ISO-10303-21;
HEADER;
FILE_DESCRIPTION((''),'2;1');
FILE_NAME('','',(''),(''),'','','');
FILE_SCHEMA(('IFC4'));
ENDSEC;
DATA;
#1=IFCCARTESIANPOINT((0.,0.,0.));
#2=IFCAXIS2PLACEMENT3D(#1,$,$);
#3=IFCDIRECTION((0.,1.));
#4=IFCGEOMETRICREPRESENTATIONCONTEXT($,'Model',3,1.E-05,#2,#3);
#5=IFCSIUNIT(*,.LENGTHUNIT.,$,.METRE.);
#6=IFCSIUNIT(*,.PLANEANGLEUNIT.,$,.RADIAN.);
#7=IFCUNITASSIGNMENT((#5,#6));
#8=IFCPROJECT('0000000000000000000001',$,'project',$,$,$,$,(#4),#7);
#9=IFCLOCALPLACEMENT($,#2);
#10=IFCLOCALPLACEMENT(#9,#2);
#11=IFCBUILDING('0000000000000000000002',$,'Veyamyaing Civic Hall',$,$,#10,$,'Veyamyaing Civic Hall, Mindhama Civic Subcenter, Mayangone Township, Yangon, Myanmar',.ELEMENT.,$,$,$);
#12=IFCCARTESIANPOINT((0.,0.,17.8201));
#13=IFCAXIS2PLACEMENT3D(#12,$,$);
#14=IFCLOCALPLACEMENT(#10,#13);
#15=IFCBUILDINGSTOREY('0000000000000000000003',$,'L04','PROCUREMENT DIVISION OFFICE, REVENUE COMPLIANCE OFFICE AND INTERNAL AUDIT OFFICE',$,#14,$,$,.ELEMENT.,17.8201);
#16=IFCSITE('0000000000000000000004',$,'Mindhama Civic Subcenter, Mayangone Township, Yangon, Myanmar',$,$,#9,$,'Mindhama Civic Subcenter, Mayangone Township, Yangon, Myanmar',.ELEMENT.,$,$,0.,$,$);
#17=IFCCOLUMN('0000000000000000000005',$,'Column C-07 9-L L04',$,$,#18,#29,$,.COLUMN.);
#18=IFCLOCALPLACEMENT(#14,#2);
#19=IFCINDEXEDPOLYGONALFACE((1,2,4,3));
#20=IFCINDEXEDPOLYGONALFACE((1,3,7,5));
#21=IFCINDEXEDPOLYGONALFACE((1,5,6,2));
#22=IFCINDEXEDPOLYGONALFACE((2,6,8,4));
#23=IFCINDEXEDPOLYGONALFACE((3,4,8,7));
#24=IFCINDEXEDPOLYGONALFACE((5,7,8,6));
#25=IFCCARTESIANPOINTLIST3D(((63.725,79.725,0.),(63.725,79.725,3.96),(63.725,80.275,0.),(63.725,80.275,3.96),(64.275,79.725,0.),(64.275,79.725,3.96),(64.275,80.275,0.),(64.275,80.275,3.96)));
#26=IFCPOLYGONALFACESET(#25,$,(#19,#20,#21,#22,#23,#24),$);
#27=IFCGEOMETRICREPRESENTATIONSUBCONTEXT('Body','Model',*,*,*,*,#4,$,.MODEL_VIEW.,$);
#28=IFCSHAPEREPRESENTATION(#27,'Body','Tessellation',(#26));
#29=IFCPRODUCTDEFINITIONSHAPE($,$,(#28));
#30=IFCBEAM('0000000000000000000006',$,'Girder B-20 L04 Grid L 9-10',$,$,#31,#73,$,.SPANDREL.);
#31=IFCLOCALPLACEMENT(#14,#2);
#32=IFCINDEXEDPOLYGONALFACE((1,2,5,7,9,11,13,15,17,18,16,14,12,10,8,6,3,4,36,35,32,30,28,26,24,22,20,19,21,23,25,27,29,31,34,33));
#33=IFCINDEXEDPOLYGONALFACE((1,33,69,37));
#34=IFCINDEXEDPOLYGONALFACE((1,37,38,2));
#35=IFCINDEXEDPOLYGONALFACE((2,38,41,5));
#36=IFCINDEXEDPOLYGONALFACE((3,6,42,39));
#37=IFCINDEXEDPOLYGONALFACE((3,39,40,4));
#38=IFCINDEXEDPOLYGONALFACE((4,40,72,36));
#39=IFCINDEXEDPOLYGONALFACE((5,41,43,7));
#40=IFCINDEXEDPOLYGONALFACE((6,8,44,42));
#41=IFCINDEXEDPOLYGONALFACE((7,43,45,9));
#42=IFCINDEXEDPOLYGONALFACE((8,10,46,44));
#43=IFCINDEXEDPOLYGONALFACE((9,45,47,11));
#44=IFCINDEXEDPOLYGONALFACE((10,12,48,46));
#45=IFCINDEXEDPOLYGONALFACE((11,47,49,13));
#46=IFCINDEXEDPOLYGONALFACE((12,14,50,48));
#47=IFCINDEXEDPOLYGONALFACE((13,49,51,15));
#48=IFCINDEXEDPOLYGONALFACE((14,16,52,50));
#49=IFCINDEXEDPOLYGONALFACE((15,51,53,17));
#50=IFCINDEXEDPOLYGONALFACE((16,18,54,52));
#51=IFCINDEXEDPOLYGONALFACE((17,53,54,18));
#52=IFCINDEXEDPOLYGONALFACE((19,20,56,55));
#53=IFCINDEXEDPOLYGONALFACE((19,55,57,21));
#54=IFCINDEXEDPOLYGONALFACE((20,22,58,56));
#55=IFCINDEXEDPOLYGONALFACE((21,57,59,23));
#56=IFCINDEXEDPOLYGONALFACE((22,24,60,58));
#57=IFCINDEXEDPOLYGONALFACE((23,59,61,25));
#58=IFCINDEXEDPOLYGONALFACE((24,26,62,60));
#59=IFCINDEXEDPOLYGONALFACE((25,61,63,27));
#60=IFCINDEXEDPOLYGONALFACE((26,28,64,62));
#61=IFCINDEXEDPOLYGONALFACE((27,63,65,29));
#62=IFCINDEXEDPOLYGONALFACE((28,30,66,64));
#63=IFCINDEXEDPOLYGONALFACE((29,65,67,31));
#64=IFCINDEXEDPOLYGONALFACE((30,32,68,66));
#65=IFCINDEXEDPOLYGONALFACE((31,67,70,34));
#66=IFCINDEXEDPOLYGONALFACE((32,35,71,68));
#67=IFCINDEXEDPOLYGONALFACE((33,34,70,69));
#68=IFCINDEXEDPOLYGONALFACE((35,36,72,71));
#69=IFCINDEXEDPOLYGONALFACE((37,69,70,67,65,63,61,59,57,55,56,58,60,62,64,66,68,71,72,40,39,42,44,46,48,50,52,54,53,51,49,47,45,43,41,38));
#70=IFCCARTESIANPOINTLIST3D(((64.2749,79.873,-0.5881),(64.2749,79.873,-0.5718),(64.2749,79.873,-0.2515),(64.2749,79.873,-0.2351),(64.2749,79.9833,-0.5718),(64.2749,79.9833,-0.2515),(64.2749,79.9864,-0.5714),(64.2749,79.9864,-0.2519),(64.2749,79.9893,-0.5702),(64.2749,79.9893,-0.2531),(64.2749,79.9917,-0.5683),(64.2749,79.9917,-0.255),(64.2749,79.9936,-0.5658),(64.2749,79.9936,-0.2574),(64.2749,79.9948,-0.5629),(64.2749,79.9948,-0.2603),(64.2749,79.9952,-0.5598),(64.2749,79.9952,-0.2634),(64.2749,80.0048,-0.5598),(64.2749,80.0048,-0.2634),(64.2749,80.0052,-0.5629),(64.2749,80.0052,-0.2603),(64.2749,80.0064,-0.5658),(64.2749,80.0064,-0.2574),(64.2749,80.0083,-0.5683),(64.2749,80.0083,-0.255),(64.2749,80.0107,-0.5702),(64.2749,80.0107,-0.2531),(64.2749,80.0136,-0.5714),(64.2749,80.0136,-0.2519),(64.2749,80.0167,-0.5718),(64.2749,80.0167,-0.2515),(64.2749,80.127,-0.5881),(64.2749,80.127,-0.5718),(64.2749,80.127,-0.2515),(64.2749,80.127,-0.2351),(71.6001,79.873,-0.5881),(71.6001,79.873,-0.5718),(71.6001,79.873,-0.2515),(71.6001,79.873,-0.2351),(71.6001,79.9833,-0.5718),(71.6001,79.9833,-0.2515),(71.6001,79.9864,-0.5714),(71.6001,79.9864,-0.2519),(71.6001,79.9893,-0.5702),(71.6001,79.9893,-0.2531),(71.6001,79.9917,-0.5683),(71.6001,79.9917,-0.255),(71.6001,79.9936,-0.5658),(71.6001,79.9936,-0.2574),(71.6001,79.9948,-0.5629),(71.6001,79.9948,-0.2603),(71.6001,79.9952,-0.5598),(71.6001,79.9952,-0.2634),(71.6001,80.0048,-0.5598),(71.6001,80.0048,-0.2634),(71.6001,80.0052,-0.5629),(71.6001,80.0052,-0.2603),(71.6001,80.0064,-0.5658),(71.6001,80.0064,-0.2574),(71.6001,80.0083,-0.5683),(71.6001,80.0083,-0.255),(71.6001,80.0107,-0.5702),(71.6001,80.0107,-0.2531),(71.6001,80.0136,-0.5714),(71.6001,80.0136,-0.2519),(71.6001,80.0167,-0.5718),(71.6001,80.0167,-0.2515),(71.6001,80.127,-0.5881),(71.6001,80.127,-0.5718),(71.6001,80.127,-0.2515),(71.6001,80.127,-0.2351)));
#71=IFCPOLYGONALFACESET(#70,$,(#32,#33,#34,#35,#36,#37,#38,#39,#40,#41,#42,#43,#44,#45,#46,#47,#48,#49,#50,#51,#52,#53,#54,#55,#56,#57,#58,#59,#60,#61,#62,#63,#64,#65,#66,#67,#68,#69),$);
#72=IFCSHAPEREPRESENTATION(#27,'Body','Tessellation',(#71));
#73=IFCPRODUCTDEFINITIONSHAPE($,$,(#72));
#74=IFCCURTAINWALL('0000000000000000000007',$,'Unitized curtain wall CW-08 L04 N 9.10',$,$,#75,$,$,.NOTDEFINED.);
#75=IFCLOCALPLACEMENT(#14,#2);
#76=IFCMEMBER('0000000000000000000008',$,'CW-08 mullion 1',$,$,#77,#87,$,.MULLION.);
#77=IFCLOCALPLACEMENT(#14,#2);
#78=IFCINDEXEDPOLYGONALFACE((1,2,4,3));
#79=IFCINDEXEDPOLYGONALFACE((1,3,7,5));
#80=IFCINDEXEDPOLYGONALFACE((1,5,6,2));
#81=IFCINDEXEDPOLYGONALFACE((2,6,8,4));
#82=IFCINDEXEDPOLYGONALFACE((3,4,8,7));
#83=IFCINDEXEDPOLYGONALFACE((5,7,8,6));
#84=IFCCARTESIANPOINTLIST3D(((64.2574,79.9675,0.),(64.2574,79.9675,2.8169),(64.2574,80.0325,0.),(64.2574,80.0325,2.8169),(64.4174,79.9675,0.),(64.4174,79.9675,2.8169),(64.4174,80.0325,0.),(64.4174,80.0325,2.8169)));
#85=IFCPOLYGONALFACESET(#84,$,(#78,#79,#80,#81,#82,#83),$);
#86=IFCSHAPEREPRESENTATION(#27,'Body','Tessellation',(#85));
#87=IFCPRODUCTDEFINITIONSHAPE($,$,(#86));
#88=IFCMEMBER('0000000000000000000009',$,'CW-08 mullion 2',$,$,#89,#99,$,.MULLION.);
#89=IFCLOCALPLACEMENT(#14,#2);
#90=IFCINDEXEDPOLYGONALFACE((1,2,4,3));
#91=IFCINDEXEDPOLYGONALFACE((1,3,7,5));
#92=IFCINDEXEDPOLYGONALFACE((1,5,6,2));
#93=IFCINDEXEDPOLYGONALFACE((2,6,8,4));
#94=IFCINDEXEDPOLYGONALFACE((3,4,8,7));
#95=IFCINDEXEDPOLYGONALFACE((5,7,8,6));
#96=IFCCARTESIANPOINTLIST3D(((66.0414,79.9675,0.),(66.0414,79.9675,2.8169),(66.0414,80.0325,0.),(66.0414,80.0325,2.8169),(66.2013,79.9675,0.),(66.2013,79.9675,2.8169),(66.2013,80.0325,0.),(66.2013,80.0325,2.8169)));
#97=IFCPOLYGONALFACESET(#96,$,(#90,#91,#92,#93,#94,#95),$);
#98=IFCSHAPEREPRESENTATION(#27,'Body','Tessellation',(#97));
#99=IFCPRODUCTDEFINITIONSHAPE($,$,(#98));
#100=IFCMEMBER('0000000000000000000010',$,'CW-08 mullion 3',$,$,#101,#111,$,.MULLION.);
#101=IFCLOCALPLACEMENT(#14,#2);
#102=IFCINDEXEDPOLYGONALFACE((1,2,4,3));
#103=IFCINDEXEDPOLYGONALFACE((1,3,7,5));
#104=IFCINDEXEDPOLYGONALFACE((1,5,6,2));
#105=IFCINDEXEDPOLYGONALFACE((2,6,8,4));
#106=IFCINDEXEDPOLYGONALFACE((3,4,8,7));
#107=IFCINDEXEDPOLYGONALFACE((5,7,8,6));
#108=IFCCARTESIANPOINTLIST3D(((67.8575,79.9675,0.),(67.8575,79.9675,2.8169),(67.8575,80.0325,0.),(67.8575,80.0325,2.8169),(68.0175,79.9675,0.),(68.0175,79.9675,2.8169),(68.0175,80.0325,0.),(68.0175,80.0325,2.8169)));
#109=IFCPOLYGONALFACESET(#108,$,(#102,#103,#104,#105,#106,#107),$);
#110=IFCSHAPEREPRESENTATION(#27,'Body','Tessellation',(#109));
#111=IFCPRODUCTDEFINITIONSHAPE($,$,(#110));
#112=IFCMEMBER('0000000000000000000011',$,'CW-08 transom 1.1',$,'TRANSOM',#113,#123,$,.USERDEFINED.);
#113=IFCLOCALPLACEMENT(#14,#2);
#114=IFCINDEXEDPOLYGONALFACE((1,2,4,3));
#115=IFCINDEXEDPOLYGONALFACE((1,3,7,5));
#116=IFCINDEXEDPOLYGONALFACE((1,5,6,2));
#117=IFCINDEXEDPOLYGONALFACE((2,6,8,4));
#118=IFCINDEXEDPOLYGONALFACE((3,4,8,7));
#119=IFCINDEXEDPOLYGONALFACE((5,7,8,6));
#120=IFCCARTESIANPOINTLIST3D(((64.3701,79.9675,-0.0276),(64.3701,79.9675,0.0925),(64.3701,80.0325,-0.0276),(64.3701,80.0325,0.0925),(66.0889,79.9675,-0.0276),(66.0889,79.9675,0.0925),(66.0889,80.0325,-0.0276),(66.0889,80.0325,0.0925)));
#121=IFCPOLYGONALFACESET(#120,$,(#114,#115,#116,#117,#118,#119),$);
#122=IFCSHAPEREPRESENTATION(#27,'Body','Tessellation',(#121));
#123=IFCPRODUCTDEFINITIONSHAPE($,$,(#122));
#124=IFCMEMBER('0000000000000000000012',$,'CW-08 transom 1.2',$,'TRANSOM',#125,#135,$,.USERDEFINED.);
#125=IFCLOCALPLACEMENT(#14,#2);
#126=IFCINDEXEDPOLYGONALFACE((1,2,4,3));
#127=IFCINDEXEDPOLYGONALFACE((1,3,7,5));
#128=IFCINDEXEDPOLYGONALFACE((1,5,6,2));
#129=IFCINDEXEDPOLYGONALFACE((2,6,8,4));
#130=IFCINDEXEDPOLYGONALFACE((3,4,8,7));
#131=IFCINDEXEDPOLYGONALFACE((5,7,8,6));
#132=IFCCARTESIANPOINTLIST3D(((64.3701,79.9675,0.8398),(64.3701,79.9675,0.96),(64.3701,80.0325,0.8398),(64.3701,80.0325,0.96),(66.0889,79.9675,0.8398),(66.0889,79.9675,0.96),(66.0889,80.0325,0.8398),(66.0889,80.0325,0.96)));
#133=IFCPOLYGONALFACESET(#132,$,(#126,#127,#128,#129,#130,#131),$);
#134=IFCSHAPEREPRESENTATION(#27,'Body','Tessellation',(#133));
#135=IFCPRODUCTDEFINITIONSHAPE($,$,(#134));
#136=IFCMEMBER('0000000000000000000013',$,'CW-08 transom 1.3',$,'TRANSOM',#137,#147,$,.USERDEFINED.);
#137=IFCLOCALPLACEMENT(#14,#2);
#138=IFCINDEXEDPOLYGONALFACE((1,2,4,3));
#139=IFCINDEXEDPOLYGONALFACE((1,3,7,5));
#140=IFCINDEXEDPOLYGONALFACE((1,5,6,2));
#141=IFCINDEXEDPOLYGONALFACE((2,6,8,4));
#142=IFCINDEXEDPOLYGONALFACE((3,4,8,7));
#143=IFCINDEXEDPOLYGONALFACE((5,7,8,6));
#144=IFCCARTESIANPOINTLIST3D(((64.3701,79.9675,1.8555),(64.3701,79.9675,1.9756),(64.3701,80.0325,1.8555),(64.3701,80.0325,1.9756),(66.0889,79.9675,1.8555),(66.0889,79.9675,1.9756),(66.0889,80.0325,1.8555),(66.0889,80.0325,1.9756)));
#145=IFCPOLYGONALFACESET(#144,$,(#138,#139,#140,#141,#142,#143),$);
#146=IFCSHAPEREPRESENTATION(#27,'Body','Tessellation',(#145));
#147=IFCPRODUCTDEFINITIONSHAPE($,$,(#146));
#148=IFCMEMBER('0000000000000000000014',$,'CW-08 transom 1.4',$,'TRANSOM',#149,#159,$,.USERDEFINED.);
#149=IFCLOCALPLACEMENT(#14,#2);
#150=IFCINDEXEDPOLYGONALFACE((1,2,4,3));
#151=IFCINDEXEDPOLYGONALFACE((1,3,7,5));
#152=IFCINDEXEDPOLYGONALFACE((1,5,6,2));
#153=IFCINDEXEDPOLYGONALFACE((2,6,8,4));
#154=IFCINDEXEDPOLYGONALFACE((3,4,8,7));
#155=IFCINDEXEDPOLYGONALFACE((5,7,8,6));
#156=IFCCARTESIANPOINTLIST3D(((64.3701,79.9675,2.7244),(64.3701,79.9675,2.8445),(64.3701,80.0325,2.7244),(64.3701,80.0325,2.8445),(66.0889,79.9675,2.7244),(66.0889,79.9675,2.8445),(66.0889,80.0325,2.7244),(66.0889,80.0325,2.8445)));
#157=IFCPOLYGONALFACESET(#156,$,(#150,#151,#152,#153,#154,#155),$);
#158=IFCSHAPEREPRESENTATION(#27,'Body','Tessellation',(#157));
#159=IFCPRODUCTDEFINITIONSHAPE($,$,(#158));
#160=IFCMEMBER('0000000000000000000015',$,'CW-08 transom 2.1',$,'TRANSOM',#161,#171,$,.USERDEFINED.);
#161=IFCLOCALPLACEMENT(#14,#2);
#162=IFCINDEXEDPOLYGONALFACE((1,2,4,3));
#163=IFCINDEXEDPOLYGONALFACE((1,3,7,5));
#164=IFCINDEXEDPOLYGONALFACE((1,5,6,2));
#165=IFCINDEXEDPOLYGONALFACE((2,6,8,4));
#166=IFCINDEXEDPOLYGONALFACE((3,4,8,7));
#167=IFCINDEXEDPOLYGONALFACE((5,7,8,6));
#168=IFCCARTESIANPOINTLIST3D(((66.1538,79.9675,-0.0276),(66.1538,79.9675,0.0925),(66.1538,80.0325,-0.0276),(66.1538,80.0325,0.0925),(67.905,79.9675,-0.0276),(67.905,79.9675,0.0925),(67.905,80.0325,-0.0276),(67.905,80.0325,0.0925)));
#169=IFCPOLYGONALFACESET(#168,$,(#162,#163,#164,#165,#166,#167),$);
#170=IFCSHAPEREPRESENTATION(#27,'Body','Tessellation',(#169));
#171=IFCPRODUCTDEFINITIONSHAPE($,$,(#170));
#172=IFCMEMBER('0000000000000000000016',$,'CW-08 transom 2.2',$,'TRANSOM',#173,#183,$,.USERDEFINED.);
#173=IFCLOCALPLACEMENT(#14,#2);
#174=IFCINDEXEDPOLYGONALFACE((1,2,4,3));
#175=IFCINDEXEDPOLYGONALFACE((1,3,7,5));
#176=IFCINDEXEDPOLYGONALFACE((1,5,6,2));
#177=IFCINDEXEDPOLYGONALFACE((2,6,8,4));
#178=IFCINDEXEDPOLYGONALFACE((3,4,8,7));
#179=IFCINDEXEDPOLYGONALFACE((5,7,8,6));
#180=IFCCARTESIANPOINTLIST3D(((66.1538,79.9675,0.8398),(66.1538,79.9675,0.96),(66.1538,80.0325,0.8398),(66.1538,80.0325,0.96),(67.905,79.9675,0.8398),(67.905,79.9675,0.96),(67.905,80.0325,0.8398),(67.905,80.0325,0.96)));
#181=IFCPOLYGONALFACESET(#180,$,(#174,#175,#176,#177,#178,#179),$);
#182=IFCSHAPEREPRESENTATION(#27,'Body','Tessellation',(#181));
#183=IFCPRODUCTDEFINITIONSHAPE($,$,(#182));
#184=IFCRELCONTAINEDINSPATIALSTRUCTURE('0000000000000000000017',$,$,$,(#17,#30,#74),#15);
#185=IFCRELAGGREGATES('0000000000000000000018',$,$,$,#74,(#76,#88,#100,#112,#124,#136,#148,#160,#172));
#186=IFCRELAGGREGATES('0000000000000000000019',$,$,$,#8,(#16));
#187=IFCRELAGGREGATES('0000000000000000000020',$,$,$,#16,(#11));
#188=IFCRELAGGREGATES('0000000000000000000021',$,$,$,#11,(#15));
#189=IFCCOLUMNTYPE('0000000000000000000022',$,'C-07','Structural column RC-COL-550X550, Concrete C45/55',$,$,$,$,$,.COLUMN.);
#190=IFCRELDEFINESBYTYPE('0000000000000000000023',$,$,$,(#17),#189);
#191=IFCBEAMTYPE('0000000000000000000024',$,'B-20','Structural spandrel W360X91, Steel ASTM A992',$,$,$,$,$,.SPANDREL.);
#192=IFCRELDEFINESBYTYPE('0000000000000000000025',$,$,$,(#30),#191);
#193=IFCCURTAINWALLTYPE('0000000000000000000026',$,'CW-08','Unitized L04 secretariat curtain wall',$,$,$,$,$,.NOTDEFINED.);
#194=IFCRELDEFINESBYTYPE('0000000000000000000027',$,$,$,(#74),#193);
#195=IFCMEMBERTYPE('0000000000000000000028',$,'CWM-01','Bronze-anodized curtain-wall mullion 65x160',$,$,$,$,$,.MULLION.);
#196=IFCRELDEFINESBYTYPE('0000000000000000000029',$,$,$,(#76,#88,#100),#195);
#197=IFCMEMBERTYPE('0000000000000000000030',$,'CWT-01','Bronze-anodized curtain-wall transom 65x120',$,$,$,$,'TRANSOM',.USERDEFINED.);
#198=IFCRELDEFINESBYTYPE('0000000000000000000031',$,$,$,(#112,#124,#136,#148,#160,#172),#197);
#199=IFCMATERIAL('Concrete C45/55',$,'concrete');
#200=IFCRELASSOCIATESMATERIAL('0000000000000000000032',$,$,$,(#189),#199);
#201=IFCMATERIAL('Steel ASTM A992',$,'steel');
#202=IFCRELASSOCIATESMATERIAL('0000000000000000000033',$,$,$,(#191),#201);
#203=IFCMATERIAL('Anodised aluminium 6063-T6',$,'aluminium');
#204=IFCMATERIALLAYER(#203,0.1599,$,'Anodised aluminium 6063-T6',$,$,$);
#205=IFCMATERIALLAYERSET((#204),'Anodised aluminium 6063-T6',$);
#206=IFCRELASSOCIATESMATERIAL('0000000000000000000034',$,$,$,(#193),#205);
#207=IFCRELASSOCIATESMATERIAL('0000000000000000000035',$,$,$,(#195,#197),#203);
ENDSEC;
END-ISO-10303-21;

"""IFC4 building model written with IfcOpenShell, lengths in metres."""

from ifc_helpers import new_model, si_unit, direction, frame, origin, origin_2d, place, context, subcontext, project, spatial, rectangle, i_section, extrude, material, layer, layer_set, material_profile, profile_set, type_object, element, aggregate, save


model = new_model("IFC4")

# Units and contexts
model_context = context("Model", 3, precision=1e-05, world=origin(), true_north=direction((0.0, 1.0)))
body_context = subcontext(model_context, "Body", "Model", "MODEL_VIEW")
ifc_project = project(units=[si_unit("LENGTHUNIT", "METRE"), si_unit("PLANEANGLEUNIT", "RADIAN")], contexts=[model_context])

# Site, building, storey
site_placement = place(None, origin())
site = spatial("IfcSite", under=ifc_project, at=site_placement, Name="Mindhama Civic Subcenter, Mayangone Township, Yangon, Myanmar", LongName="Mindhama Civic Subcenter, Mayangone Township, Yangon, Myanmar", CompositionType="ELEMENT", RefElevation=0.0)
building_placement = place(site_placement, origin())
building = spatial("IfcBuilding", under=site, at=building_placement, Name="Veyamyaing Civic Hall", LongName="Veyamyaing Civic Hall, Mindhama Civic Subcenter, Mayangone Township, Yangon, Myanmar", CompositionType="ELEMENT")
storey_placement = place(building_placement, frame((0.0, 0.0, 17.8201)))
storey = spatial("IfcBuildingStorey", under=building, at=storey_placement, Name="L04", Description="PROCUREMENT DIVISION OFFICE, REVENUE COMPLIANCE OFFICE AND INTERNAL AUDIT OFFICE", CompositionType="ELEMENT", Elevation=17.8201)

# Column
ifc_material_1 = material(Name="Concrete C45/55", Category="concrete")
ifc_material_profile_1 = material_profile(ifc_material_1, rectangle(XDim=0.55, YDim=0.55, at=origin_2d()), Name="RC-COL-550X550")
ifc_profile_set_1 = profile_set([ifc_material_profile_1], Name="Concrete C45/55")
column_type = type_object("IfcColumnType", Name="C-07", Description="Structural column RC-COL-550X550, Concrete C45/55", PredefinedType="COLUMN", material=ifc_profile_set_1)
column_placement = place(storey_placement, frame((64.0, 80.0, 0.0), z_axis=(0.0, 0.0, 1.0), x_axis=(1.0, 0.0, 0.0)))
element("IfcColumn", 1, at=column_placement, inside=storey, type_object=column_type, Name="Column C-07 9-L L04", PredefinedType="COLUMN", context=body_context, shape_type="SweptSolid", body=[
    extrude(rectangle(XDim=0.55, YDim=0.55, at=origin_2d()), origin(), (0.0, 0.0, 1.0), 3.96),
])

# Beam
ifc_material_2 = material(Name="Steel ASTM A992", Category="steel")
ifc_material_profile_2 = material_profile(ifc_material_2, i_section(OverallWidth=0.2539, OverallDepth=0.353, WebThickness=0.0095, FlangeThickness=0.0164, FilletRadius=0.012, at=origin_2d()), Name="W360X91")
ifc_profile_set_2 = profile_set([ifc_material_profile_2], Name="Steel ASTM A992")
beam_type = type_object("IfcBeamType", Name="B-20", Description="Structural spandrel W360X91, Steel ASTM A992", PredefinedType="SPANDREL", material=ifc_profile_set_2)
beam_placement = place(storey_placement, frame((64.2749, 80.0, -0.4116), z_axis=(1.0, 0.0, 0.0), x_axis=(0.0, 1.0, 0.0)))
element("IfcBeam", 2, at=beam_placement, inside=storey, type_object=beam_type, Name="Girder B-20 L04 Grid L 9-10", PredefinedType="SPANDREL", context=body_context, shape_type="SweptSolid", body=[
    extrude(i_section(OverallWidth=0.2539, OverallDepth=0.353, WebThickness=0.0095, FlangeThickness=0.0164, FilletRadius=0.012, at=origin_2d()), origin(), (0.0, 0.0, 1.0), 7.3252),
])

# Curtain wall, members
ifc_material_3 = material(Name="Anodised aluminium 6063-T6", Category="aluminium")
ifc_layer_1 = layer(ifc_material_3, 0.1599, Name="Anodised aluminium 6063-T6")
ifc_layer_set_1 = layer_set([ifc_layer_1], Name="Anodised aluminium 6063-T6")
curtain_wall_type = type_object("IfcCurtainWallType", Name="CW-08", Description="Unitized L04 secretariat curtain wall", PredefinedType="NOTDEFINED", material=ifc_layer_set_1)
curtain_wall_placement = place(storey_placement, origin())
curtain_wall = element("IfcCurtainWall", 3, at=curtain_wall_placement, inside=storey, type_object=curtain_wall_type, Name="Unitized curtain wall CW-08 L04 N 9.10", PredefinedType="NOTDEFINED")
ifc_material_profile_3 = material_profile(ifc_material_3, rectangle(XDim=0.0649, YDim=0.1599, at=origin_2d()), Name="ALU-MUL-65X160")
ifc_profile_set_3 = profile_set([ifc_material_profile_3], Name="Anodised aluminium 6063-T6")
member_type_1 = type_object("IfcMemberType", Name="CWM-01", Description="Bronze-anodized curtain-wall mullion 65x160", PredefinedType="MULLION", material=ifc_profile_set_3)
member_1_placement = place(storey_placement, frame((64.3374, 80.0, 0.0), z_axis=(0.0, 0.0, 1.0), x_axis=(0.0, 1.0, 0.0)))
member_1 = element("IfcMember", 4, at=member_1_placement, type_object=member_type_1, Name="CW-08 mullion 1", PredefinedType="MULLION", context=body_context, shape_type="SweptSolid", body=[
    extrude(rectangle(XDim=0.0649, YDim=0.1599, at=origin_2d()), origin(), (0.0, 0.0, 1.0), 2.8169),
])
member_2_placement = place(storey_placement, frame((66.1213, 80.0, 0.0), z_axis=(0.0, 0.0, 1.0), x_axis=(0.0, 1.0, 0.0)))
member_2 = element("IfcMember", 5, at=member_2_placement, type_object=member_type_1, Name="CW-08 mullion 2", PredefinedType="MULLION", context=body_context, shape_type="SweptSolid", body=[
    extrude(rectangle(XDim=0.0649, YDim=0.1599, at=origin_2d()), origin(), (0.0, 0.0, 1.0), 2.8169),
])
member_3_placement = place(storey_placement, frame((67.9375, 80.0, 0.0), z_axis=(0.0, 0.0, 1.0), x_axis=(0.0, 1.0, 0.0)))
member_3 = element("IfcMember", 6, at=member_3_placement, type_object=member_type_1, Name="CW-08 mullion 3", PredefinedType="MULLION", context=body_context, shape_type="SweptSolid", body=[
    extrude(rectangle(XDim=0.0649, YDim=0.1599, at=origin_2d()), origin(), (0.0, 0.0, 1.0), 2.8169),
])
ifc_material_profile_4 = material_profile(ifc_material_3, rectangle(XDim=0.0649, YDim=0.1201, at=origin_2d()), Name="ALU-TRN-65X120")
ifc_profile_set_4 = profile_set([ifc_material_profile_4], Name="Anodised aluminium 6063-T6")
member_type_2 = type_object("IfcMemberType", Name="CWT-01", Description="Bronze-anodized curtain-wall transom 65x120", ElementType="TRANSOM", PredefinedType="USERDEFINED", material=ifc_profile_set_4)
member_4_placement = place(storey_placement, frame((64.3701, 80.0, 0.0325), z_axis=(1.0, 0.0, 0.0), x_axis=(0.0, 1.0, 0.0)))
member_4 = element("IfcMember", 7, at=member_4_placement, type_object=member_type_2, Name="CW-08 transom 1.1", ObjectType="TRANSOM", PredefinedType="USERDEFINED", context=body_context, shape_type="SweptSolid", body=[
    extrude(rectangle(XDim=0.0649, YDim=0.1201, at=origin_2d()), origin(), (0.0, 0.0, 1.0), 1.7188),
])
member_5_placement = place(storey_placement, frame((64.3701, 80.0, 0.8999), z_axis=(1.0, 0.0, 0.0), x_axis=(0.0, 1.0, 0.0)))
member_5 = element("IfcMember", 8, at=member_5_placement, type_object=member_type_2, Name="CW-08 transom 1.2", ObjectType="TRANSOM", PredefinedType="USERDEFINED", context=body_context, shape_type="SweptSolid", body=[
    extrude(rectangle(XDim=0.0649, YDim=0.1201, at=origin_2d()), origin(), (0.0, 0.0, 1.0), 1.7188),
])
member_6_placement = place(storey_placement, frame((64.3701, 80.0, 1.9155), z_axis=(1.0, 0.0, 0.0), x_axis=(0.0, 1.0, 0.0)))
member_6 = element("IfcMember", 9, at=member_6_placement, type_object=member_type_2, Name="CW-08 transom 1.3", ObjectType="TRANSOM", PredefinedType="USERDEFINED", context=body_context, shape_type="SweptSolid", body=[
    extrude(rectangle(XDim=0.0649, YDim=0.1201, at=origin_2d()), origin(), (0.0, 0.0, 1.0), 1.7188),
])
member_7_placement = place(storey_placement, frame((64.3701, 80.0, 2.7844), z_axis=(1.0, 0.0, 0.0), x_axis=(0.0, 1.0, 0.0)))
member_7 = element("IfcMember", 10, at=member_7_placement, type_object=member_type_2, Name="CW-08 transom 1.4", ObjectType="TRANSOM", PredefinedType="USERDEFINED", context=body_context, shape_type="SweptSolid", body=[
    extrude(rectangle(XDim=0.0649, YDim=0.1201, at=origin_2d()), origin(), (0.0, 0.0, 1.0), 1.7188),
])
member_8_placement = place(storey_placement, frame((66.1538, 80.0, 0.0325), z_axis=(1.0, 0.0, 0.0), x_axis=(0.0, 1.0, 0.0)))
member_8 = element("IfcMember", 11, at=member_8_placement, type_object=member_type_2, Name="CW-08 transom 2.1", ObjectType="TRANSOM", PredefinedType="USERDEFINED", context=body_context, shape_type="SweptSolid", body=[
    extrude(rectangle(XDim=0.0649, YDim=0.1201, at=origin_2d()), origin(), (0.0, 0.0, 1.0), 1.7512),
])
member_9_placement = place(storey_placement, frame((66.1538, 80.0, 0.8999), z_axis=(1.0, 0.0, 0.0), x_axis=(0.0, 1.0, 0.0)))
member_9 = element("IfcMember", 12, at=member_9_placement, type_object=member_type_2, Name="CW-08 transom 2.2", ObjectType="TRANSOM", PredefinedType="USERDEFINED", context=body_context, shape_type="SweptSolid", body=[
    extrude(rectangle(XDim=0.0649, YDim=0.1201, at=origin_2d()), origin(), (0.0, 0.0, 1.0), 1.7512),
])
aggregate(curtain_wall, [member_1, member_2, member_3, member_4, member_5, member_6, member_7, member_8, member_9])

save(model, "model.ifc")
